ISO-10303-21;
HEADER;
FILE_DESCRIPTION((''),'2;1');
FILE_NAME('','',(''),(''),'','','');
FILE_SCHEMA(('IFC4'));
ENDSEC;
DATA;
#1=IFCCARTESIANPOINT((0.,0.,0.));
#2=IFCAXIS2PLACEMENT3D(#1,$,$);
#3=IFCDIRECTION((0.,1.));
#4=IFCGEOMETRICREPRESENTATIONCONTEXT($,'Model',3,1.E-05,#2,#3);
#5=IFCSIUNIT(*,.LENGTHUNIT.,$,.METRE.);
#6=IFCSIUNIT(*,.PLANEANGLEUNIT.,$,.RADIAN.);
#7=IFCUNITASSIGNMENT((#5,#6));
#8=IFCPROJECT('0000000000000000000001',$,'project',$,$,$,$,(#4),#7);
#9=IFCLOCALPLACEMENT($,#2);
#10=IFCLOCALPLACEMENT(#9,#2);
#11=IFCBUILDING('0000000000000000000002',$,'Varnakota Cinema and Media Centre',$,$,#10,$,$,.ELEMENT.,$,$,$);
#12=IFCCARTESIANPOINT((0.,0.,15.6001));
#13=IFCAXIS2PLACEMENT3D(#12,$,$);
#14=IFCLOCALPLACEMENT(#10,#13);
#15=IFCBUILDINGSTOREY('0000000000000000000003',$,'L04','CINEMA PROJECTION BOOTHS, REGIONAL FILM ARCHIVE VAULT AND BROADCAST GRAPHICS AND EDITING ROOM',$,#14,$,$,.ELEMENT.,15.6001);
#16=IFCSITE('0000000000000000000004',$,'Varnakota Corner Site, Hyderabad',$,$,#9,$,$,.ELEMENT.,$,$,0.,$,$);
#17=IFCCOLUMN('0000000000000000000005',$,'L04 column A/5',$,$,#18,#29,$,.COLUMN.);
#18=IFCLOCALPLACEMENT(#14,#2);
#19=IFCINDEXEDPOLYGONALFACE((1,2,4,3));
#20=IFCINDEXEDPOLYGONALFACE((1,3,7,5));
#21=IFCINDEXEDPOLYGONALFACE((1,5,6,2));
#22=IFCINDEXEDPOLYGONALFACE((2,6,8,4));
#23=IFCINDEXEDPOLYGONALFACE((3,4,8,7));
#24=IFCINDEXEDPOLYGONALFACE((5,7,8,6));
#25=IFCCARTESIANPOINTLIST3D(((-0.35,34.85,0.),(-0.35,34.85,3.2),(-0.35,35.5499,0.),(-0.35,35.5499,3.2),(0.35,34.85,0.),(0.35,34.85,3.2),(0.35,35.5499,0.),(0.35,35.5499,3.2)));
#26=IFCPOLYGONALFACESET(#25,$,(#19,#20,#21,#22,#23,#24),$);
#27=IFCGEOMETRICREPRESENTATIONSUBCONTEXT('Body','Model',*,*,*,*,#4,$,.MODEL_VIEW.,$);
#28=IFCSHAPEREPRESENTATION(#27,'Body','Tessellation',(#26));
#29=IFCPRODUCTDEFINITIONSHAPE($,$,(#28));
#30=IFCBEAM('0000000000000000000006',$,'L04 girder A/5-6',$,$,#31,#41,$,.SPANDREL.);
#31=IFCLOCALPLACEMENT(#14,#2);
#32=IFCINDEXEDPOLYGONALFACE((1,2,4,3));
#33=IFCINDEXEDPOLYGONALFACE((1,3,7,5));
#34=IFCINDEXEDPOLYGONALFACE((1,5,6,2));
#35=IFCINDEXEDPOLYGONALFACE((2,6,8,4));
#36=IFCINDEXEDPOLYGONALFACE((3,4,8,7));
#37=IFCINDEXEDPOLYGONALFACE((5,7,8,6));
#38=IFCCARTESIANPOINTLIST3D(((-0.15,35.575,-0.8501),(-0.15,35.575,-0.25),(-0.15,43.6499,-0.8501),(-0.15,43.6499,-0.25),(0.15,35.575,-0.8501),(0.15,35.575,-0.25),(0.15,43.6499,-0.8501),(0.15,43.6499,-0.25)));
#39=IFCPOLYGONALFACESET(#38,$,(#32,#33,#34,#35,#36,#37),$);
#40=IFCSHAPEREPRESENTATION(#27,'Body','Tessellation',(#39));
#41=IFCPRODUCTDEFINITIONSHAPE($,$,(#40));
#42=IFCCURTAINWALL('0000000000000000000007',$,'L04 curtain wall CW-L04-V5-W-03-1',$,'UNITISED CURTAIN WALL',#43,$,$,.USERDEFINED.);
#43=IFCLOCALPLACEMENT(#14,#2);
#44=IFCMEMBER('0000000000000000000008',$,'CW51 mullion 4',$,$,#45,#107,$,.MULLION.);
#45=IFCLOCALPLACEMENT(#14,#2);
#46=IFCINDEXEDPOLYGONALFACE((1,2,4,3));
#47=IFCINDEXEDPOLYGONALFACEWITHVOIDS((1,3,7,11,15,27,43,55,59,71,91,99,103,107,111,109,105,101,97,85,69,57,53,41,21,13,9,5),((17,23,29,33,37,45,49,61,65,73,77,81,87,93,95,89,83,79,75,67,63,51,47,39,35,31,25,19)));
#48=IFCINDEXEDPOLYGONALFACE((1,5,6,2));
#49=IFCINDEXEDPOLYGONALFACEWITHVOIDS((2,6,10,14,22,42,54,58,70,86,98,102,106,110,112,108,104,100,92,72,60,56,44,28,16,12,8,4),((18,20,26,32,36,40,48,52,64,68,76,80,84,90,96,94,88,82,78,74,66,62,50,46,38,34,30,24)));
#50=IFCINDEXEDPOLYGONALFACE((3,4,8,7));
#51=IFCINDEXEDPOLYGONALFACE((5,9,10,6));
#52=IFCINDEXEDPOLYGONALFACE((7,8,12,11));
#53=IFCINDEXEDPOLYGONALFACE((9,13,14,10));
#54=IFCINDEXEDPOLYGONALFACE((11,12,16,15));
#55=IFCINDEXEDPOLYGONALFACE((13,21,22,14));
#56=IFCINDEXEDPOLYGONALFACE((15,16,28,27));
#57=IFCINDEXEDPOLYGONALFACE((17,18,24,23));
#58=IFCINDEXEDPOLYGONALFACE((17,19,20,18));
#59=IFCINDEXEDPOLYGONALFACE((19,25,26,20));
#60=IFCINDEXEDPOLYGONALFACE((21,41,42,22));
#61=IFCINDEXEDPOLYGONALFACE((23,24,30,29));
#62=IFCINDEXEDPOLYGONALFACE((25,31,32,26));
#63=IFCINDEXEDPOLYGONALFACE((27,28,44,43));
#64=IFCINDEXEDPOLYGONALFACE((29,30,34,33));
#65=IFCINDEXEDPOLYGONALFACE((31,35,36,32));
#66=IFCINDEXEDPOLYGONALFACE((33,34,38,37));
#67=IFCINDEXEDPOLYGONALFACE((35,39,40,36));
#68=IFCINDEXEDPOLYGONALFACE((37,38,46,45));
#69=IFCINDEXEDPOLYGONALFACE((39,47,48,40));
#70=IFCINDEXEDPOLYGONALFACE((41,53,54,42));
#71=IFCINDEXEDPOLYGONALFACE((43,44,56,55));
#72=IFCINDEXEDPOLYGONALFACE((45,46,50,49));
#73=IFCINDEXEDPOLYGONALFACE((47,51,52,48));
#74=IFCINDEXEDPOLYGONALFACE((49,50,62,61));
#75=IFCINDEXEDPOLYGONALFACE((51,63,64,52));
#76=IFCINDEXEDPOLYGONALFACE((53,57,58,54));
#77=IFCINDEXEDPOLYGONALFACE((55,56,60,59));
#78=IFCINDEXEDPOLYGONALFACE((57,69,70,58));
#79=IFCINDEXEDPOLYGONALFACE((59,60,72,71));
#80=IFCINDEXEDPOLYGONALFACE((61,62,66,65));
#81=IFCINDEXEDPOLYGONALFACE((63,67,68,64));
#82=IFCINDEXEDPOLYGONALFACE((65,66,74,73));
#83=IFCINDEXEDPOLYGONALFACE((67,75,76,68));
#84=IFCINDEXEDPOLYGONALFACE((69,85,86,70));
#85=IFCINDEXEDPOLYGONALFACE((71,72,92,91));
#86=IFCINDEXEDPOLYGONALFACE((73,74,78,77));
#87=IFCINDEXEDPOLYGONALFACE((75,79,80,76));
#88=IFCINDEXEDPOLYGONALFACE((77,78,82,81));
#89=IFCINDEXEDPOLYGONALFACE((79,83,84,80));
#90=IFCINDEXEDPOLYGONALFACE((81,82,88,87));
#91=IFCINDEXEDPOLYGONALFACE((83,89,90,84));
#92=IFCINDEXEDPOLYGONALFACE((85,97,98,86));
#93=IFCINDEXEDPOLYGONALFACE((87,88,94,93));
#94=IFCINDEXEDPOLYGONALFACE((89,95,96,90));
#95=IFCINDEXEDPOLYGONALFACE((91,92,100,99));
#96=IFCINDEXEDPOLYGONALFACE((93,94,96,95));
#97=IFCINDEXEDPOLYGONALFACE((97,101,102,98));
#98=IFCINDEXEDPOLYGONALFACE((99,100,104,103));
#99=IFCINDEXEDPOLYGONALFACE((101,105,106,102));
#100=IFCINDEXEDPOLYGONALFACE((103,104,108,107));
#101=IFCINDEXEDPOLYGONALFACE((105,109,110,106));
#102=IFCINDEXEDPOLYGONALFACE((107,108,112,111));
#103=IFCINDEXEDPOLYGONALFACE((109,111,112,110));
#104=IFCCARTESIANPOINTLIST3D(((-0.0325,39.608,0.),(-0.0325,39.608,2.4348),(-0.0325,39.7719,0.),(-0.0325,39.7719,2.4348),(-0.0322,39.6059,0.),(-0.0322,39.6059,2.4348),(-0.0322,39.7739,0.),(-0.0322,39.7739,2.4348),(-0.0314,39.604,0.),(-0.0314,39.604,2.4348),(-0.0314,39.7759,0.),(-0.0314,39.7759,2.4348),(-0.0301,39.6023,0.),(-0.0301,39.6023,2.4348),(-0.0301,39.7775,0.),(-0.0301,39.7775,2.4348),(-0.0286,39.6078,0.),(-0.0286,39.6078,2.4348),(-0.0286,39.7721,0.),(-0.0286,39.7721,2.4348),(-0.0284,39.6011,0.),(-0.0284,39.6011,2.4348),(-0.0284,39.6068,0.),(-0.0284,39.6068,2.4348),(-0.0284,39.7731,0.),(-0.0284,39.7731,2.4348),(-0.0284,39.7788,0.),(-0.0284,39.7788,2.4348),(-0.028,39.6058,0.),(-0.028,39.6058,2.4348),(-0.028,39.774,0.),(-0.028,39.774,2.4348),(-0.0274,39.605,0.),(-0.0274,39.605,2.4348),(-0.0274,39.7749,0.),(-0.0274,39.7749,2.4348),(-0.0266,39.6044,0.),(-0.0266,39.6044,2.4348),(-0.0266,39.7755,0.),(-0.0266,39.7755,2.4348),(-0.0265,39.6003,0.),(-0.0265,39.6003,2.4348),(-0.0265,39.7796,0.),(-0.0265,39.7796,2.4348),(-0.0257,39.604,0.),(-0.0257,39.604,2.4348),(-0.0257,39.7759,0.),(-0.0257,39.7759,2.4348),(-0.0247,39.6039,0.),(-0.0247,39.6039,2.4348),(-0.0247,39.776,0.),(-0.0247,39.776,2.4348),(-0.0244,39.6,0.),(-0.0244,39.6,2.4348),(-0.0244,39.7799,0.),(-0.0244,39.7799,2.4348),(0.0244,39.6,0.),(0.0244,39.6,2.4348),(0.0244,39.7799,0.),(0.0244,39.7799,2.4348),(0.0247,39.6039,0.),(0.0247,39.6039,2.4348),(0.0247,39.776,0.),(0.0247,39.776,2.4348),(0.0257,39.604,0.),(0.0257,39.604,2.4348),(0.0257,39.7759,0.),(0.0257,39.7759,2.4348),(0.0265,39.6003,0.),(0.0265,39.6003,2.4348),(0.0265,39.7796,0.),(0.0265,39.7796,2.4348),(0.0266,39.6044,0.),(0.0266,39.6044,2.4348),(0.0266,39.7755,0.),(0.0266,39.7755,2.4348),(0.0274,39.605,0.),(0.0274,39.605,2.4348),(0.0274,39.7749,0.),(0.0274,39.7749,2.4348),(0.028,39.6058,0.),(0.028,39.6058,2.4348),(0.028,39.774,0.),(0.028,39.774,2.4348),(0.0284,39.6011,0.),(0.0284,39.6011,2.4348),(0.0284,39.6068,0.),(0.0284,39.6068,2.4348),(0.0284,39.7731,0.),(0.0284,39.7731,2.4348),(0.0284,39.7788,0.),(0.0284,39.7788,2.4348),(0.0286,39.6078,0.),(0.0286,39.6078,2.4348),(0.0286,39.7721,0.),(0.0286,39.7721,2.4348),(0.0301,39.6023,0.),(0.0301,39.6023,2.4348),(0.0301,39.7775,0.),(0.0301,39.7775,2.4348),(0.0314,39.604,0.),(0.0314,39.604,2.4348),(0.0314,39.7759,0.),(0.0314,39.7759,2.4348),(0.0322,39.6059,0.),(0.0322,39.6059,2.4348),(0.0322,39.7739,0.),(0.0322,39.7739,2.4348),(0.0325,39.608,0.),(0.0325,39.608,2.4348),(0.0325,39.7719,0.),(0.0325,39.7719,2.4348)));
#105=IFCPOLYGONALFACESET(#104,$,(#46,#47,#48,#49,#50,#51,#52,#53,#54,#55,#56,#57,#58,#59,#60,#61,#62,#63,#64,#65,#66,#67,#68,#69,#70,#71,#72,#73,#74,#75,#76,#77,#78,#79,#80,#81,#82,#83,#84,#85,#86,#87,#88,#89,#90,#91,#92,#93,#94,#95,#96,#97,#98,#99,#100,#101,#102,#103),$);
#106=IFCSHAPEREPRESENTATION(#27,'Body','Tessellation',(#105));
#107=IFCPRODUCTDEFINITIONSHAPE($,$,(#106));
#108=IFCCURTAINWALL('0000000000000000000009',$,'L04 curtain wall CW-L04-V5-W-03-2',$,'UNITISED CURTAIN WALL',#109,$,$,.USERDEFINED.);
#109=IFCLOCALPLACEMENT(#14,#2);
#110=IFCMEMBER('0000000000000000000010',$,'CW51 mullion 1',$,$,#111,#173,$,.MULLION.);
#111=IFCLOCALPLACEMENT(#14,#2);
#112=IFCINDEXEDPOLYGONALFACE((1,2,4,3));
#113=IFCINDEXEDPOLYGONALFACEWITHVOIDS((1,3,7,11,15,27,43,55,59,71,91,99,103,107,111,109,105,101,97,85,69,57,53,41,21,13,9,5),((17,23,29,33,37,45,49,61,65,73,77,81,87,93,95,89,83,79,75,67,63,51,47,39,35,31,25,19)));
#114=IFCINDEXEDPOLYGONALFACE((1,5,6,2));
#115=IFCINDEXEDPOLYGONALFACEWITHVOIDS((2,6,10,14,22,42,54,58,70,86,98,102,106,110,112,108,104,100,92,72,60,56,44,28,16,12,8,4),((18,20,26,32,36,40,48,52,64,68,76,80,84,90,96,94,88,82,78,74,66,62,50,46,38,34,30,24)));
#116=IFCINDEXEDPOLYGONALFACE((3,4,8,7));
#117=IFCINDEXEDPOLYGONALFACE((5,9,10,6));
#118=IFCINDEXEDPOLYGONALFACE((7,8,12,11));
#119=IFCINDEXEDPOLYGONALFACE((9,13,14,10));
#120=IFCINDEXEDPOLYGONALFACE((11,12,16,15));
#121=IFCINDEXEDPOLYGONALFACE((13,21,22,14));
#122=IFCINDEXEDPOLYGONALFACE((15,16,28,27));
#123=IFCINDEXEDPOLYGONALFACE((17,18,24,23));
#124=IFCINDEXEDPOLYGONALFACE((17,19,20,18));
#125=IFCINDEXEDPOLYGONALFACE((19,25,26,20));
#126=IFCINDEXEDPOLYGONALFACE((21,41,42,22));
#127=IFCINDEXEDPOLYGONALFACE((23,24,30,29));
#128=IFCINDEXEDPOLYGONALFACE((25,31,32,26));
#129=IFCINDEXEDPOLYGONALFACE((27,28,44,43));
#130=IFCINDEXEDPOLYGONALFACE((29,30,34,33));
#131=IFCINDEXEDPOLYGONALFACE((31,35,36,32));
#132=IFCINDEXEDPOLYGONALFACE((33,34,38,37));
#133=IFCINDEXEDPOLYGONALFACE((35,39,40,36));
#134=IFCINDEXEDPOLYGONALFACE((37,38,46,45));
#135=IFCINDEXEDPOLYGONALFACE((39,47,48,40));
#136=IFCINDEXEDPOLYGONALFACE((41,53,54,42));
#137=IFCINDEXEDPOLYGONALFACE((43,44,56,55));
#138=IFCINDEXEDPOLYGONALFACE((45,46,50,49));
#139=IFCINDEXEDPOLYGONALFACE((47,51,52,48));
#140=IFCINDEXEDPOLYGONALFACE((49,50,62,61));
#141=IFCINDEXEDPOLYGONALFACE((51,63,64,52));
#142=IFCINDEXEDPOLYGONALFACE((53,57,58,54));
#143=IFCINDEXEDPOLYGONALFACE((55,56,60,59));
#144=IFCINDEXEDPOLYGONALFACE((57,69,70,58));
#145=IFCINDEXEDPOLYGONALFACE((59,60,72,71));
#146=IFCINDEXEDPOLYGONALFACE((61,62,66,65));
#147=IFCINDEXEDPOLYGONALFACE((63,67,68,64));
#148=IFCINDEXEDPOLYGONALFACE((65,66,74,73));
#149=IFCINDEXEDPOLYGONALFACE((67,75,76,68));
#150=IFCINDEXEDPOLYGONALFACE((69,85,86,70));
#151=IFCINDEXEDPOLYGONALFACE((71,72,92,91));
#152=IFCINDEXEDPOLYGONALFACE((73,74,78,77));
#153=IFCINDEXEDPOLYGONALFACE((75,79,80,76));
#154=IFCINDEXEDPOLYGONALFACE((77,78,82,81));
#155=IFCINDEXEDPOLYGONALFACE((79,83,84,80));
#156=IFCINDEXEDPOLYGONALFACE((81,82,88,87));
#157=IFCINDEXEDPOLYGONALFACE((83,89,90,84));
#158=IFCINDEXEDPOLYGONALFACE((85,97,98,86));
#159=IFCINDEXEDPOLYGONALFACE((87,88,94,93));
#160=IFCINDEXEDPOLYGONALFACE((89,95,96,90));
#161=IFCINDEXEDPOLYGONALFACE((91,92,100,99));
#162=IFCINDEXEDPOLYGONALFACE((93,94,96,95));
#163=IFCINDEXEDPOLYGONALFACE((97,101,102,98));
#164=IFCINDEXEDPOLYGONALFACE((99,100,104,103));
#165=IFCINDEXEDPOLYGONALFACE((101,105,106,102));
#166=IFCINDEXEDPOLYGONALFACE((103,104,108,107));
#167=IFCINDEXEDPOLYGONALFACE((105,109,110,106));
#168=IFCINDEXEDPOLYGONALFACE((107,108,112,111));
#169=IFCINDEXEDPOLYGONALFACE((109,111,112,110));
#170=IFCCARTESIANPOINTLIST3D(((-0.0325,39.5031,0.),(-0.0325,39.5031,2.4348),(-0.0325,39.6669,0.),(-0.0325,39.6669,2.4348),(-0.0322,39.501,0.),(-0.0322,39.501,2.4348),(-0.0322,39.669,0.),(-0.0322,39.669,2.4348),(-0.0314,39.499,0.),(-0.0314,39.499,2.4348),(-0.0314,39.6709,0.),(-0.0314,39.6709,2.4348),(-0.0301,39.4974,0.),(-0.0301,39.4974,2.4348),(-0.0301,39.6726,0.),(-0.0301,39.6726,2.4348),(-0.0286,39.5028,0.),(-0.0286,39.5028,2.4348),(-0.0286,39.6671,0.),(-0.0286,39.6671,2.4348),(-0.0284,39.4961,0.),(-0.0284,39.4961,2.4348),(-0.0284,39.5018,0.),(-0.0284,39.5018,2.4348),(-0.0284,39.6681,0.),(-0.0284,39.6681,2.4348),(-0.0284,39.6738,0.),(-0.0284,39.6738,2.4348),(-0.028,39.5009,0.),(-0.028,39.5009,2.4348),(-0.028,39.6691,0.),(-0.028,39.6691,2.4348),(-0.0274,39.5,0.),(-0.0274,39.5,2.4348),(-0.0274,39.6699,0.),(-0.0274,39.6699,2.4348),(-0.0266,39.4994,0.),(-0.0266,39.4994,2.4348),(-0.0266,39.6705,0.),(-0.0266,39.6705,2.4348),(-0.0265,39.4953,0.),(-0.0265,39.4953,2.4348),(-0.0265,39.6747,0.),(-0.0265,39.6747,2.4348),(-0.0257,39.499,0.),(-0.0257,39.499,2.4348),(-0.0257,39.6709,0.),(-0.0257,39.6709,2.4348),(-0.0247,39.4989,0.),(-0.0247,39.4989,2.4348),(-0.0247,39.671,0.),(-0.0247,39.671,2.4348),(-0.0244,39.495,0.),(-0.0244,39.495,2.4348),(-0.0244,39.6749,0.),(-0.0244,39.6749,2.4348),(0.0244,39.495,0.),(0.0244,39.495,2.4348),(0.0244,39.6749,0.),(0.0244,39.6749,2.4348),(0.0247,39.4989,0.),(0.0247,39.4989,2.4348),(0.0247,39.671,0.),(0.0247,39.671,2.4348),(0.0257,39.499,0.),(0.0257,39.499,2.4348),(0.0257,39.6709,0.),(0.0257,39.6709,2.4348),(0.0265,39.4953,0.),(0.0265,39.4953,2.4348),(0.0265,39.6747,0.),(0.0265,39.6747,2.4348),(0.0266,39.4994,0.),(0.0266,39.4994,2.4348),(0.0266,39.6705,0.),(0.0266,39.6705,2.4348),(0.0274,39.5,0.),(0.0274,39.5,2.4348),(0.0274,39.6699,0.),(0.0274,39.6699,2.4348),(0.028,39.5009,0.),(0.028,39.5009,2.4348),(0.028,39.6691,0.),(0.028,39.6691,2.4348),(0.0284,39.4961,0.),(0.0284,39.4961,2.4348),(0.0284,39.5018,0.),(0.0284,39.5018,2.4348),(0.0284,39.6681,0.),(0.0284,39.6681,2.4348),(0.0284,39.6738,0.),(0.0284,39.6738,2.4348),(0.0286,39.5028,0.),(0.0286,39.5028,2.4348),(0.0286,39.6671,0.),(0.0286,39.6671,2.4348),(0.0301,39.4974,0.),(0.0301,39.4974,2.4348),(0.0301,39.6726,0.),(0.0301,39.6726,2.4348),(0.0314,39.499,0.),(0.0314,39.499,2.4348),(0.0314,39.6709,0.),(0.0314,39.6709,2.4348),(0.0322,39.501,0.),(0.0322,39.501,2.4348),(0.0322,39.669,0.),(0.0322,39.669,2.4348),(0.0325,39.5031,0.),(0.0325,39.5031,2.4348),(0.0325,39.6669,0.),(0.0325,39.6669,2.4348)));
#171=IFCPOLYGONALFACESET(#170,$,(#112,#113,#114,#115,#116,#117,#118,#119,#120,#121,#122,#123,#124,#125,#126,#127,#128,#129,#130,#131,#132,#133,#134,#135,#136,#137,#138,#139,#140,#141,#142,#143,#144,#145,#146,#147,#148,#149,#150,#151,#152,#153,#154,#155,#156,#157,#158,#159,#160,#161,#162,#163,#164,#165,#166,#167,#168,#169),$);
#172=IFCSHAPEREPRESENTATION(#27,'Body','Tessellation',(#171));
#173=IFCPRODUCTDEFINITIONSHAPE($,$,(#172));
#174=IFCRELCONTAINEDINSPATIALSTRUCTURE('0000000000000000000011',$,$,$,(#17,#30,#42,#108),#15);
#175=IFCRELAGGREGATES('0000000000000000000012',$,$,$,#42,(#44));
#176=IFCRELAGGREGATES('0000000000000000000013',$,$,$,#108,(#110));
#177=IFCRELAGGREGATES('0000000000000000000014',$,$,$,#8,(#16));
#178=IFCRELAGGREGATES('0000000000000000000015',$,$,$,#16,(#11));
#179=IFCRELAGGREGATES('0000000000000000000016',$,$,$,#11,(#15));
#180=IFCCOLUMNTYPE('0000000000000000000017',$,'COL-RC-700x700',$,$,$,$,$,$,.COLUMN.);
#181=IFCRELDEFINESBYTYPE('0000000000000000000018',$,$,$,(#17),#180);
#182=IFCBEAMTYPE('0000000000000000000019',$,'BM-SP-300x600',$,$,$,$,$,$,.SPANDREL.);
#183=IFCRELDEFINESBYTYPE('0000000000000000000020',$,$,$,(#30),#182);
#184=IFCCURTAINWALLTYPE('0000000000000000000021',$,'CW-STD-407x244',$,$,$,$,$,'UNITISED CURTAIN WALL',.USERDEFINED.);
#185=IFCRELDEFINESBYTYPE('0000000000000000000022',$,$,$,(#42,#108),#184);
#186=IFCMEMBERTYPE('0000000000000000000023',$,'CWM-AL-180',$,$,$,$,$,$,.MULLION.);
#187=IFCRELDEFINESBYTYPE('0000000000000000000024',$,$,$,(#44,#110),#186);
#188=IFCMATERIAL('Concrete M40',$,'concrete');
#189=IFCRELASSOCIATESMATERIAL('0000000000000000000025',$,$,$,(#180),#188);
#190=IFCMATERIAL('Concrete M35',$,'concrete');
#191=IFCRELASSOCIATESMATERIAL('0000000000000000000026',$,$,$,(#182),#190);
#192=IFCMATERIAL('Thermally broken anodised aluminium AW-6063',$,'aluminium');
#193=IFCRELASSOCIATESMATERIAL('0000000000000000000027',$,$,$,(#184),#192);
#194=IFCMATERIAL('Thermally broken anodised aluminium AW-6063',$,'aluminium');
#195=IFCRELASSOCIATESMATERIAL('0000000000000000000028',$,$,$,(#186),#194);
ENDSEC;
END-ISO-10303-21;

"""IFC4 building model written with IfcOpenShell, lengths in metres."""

from ifc_helpers import new_model, si_unit, direction, frame, origin, origin_2d, place, context, subcontext, project, spatial, rectangle, hollow_rectangle, extrude, material, material_profile, profile_set, type_object, element, aggregate, save


model = new_model("IFC4")

# Units and contexts
model_context = context("Model", 3, precision=1e-05, world=origin(), true_north=direction((0.0, 1.0)))
body_context = subcontext(model_context, "Body", "Model", "MODEL_VIEW")
ifc_project = project(units=[si_unit("LENGTHUNIT", "METRE"), si_unit("PLANEANGLEUNIT", "RADIAN")], contexts=[model_context])

# Site, building, storey
site_placement = place(None, origin())
site = spatial("IfcSite", under=ifc_project, at=site_placement, Name="Varnakota Corner Site, Hyderabad", CompositionType="ELEMENT", RefElevation=0.0)
building_placement = place(site_placement, origin())
building = spatial("IfcBuilding", under=site, at=building_placement, Name="Varnakota Cinema and Media Centre", CompositionType="ELEMENT")
storey_placement = place(building_placement, frame((0.0, 0.0, 15.6001)))
storey = spatial("IfcBuildingStorey", under=building, at=storey_placement, Name="L04", Description="CINEMA PROJECTION BOOTHS, REGIONAL FILM ARCHIVE VAULT AND BROADCAST GRAPHICS AND EDITING ROOM", CompositionType="ELEMENT", Elevation=15.6001)

# Column
ifc_material_1 = material(Name="Concrete M40", Category="concrete")
ifc_material_profile_1 = material_profile(ifc_material_1, rectangle(XDim=0.7, YDim=0.7, at=origin_2d()), Name="RC 700x700")
ifc_profile_set_1 = profile_set([ifc_material_profile_1], Name="Concrete M40")
column_type = type_object("IfcColumnType", Name="COL-RC-700x700", PredefinedType="COLUMN", material=ifc_profile_set_1)
column_placement = place(storey_placement, frame((0.0, 35.2, 0.0), z_axis=(0.0, 0.0, 1.0), x_axis=(1.0, 0.0, 0.0)))
element("IfcColumn", 1, at=column_placement, inside=storey, type_object=column_type, Name="L04 column A/5", PredefinedType="COLUMN", context=body_context, shape_type="SweptSolid", body=[
    extrude(rectangle(XDim=0.7, YDim=0.7, at=origin_2d()), origin(), (0.0, 0.0, 1.0), 3.2),
])

# Beam
ifc_material_2 = material(Name="Concrete M35", Category="concrete")
ifc_material_profile_2 = material_profile(ifc_material_2, rectangle(XDim=0.3, YDim=0.6001, at=origin_2d()), Name="RCB 300x600")
ifc_profile_set_2 = profile_set([ifc_material_profile_2], Name="Concrete M35")
beam_type = type_object("IfcBeamType", Name="BM-SP-300x600", PredefinedType="SPANDREL", material=ifc_profile_set_2)
beam_placement = place(storey_placement, frame((0.0, 35.575, -0.55), z_axis=(0.0, 1.0, 0.0), x_axis=(-1.0, 0.0, 0.0)))
element("IfcBeam", 2, at=beam_placement, inside=storey, type_object=beam_type, Name="L04 girder A/5-6", PredefinedType="SPANDREL", context=body_context, shape_type="SweptSolid", body=[
    extrude(rectangle(XDim=0.3, YDim=0.6001, at=origin_2d()), origin(), (0.0, 0.0, 1.0), 8.075),
])

# Curtain wall, member
ifc_material_3 = material(Name="Thermally broken anodised aluminium AW-6063", Category="aluminium")
curtain_wall_type = type_object("IfcCurtainWallType", Name="CW-STD-407x244", ElementType="UNITISED CURTAIN WALL", PredefinedType="USERDEFINED", material=ifc_material_3)
curtain_wall_1_placement = place(storey_placement, origin())
curtain_wall_1 = element("IfcCurtainWall", 3, at=curtain_wall_1_placement, inside=storey, type_object=curtain_wall_type, Name="L04 curtain wall CW-L04-V5-W-03-1", ObjectType="UNITISED CURTAIN WALL", PredefinedType="USERDEFINED")
ifc_material_4 = material(Name="Thermally broken anodised aluminium AW-6063", Category="aluminium")
ifc_material_profile_3 = material_profile(ifc_material_4, hollow_rectangle(XDim=0.0649, YDim=0.1799, WallThickness=0.0039, InnerFilletRadius=0.0039, OuterFilletRadius=0.0081, at=origin_2d()), Name="AL-MULLION 180x65x4")
ifc_profile_set_3 = profile_set([ifc_material_profile_3], Name="Thermally broken anodised aluminium AW-6063")
member_type_1 = type_object("IfcMemberType", Name="CWM-AL-180", PredefinedType="MULLION", material=ifc_profile_set_3)
member_1_placement = place(storey_placement, frame((0.0, 39.6899, 0.0), z_axis=(0.0, 0.0, 1.0), x_axis=(1.0, 0.0, 0.0)))
member_1 = element("IfcMember", 4, at=member_1_placement, type_object=member_type_1, Name="CW51 mullion 4", PredefinedType="MULLION", context=body_context, shape_type="SweptSolid", body=[
    extrude(hollow_rectangle(XDim=0.0649, YDim=0.1799, WallThickness=0.0039, InnerFilletRadius=0.0039, OuterFilletRadius=0.0081, at=origin_2d()), origin(), (0.0, 0.0, 1.0), 2.4348),
])

# Curtain wall, member
curtain_wall_2_placement = place(storey_placement, origin())
curtain_wall_2 = element("IfcCurtainWall", 5, at=curtain_wall_2_placement, inside=storey, type_object=curtain_wall_type, Name="L04 curtain wall CW-L04-V5-W-03-2", ObjectType="UNITISED CURTAIN WALL", PredefinedType="USERDEFINED")
member_2_placement = place(storey_placement, frame((0.0, 39.585, 0.0), z_axis=(0.0, 0.0, 1.0), x_axis=(1.0, 0.0, 0.0)))
member_2 = element("IfcMember", 6, at=member_2_placement, type_object=member_type_1, Name="CW51 mullion 1", PredefinedType="MULLION", context=body_context, shape_type="SweptSolid", body=[
    extrude(hollow_rectangle(XDim=0.0649, YDim=0.1799, WallThickness=0.0039, InnerFilletRadius=0.0039, OuterFilletRadius=0.0081, at=origin_2d()), origin(), (0.0, 0.0, 1.0), 2.4348),
])

aggregate(curtain_wall_1, [member_1])
aggregate(curtain_wall_2, [member_2])

save(model, "model.ifc")
